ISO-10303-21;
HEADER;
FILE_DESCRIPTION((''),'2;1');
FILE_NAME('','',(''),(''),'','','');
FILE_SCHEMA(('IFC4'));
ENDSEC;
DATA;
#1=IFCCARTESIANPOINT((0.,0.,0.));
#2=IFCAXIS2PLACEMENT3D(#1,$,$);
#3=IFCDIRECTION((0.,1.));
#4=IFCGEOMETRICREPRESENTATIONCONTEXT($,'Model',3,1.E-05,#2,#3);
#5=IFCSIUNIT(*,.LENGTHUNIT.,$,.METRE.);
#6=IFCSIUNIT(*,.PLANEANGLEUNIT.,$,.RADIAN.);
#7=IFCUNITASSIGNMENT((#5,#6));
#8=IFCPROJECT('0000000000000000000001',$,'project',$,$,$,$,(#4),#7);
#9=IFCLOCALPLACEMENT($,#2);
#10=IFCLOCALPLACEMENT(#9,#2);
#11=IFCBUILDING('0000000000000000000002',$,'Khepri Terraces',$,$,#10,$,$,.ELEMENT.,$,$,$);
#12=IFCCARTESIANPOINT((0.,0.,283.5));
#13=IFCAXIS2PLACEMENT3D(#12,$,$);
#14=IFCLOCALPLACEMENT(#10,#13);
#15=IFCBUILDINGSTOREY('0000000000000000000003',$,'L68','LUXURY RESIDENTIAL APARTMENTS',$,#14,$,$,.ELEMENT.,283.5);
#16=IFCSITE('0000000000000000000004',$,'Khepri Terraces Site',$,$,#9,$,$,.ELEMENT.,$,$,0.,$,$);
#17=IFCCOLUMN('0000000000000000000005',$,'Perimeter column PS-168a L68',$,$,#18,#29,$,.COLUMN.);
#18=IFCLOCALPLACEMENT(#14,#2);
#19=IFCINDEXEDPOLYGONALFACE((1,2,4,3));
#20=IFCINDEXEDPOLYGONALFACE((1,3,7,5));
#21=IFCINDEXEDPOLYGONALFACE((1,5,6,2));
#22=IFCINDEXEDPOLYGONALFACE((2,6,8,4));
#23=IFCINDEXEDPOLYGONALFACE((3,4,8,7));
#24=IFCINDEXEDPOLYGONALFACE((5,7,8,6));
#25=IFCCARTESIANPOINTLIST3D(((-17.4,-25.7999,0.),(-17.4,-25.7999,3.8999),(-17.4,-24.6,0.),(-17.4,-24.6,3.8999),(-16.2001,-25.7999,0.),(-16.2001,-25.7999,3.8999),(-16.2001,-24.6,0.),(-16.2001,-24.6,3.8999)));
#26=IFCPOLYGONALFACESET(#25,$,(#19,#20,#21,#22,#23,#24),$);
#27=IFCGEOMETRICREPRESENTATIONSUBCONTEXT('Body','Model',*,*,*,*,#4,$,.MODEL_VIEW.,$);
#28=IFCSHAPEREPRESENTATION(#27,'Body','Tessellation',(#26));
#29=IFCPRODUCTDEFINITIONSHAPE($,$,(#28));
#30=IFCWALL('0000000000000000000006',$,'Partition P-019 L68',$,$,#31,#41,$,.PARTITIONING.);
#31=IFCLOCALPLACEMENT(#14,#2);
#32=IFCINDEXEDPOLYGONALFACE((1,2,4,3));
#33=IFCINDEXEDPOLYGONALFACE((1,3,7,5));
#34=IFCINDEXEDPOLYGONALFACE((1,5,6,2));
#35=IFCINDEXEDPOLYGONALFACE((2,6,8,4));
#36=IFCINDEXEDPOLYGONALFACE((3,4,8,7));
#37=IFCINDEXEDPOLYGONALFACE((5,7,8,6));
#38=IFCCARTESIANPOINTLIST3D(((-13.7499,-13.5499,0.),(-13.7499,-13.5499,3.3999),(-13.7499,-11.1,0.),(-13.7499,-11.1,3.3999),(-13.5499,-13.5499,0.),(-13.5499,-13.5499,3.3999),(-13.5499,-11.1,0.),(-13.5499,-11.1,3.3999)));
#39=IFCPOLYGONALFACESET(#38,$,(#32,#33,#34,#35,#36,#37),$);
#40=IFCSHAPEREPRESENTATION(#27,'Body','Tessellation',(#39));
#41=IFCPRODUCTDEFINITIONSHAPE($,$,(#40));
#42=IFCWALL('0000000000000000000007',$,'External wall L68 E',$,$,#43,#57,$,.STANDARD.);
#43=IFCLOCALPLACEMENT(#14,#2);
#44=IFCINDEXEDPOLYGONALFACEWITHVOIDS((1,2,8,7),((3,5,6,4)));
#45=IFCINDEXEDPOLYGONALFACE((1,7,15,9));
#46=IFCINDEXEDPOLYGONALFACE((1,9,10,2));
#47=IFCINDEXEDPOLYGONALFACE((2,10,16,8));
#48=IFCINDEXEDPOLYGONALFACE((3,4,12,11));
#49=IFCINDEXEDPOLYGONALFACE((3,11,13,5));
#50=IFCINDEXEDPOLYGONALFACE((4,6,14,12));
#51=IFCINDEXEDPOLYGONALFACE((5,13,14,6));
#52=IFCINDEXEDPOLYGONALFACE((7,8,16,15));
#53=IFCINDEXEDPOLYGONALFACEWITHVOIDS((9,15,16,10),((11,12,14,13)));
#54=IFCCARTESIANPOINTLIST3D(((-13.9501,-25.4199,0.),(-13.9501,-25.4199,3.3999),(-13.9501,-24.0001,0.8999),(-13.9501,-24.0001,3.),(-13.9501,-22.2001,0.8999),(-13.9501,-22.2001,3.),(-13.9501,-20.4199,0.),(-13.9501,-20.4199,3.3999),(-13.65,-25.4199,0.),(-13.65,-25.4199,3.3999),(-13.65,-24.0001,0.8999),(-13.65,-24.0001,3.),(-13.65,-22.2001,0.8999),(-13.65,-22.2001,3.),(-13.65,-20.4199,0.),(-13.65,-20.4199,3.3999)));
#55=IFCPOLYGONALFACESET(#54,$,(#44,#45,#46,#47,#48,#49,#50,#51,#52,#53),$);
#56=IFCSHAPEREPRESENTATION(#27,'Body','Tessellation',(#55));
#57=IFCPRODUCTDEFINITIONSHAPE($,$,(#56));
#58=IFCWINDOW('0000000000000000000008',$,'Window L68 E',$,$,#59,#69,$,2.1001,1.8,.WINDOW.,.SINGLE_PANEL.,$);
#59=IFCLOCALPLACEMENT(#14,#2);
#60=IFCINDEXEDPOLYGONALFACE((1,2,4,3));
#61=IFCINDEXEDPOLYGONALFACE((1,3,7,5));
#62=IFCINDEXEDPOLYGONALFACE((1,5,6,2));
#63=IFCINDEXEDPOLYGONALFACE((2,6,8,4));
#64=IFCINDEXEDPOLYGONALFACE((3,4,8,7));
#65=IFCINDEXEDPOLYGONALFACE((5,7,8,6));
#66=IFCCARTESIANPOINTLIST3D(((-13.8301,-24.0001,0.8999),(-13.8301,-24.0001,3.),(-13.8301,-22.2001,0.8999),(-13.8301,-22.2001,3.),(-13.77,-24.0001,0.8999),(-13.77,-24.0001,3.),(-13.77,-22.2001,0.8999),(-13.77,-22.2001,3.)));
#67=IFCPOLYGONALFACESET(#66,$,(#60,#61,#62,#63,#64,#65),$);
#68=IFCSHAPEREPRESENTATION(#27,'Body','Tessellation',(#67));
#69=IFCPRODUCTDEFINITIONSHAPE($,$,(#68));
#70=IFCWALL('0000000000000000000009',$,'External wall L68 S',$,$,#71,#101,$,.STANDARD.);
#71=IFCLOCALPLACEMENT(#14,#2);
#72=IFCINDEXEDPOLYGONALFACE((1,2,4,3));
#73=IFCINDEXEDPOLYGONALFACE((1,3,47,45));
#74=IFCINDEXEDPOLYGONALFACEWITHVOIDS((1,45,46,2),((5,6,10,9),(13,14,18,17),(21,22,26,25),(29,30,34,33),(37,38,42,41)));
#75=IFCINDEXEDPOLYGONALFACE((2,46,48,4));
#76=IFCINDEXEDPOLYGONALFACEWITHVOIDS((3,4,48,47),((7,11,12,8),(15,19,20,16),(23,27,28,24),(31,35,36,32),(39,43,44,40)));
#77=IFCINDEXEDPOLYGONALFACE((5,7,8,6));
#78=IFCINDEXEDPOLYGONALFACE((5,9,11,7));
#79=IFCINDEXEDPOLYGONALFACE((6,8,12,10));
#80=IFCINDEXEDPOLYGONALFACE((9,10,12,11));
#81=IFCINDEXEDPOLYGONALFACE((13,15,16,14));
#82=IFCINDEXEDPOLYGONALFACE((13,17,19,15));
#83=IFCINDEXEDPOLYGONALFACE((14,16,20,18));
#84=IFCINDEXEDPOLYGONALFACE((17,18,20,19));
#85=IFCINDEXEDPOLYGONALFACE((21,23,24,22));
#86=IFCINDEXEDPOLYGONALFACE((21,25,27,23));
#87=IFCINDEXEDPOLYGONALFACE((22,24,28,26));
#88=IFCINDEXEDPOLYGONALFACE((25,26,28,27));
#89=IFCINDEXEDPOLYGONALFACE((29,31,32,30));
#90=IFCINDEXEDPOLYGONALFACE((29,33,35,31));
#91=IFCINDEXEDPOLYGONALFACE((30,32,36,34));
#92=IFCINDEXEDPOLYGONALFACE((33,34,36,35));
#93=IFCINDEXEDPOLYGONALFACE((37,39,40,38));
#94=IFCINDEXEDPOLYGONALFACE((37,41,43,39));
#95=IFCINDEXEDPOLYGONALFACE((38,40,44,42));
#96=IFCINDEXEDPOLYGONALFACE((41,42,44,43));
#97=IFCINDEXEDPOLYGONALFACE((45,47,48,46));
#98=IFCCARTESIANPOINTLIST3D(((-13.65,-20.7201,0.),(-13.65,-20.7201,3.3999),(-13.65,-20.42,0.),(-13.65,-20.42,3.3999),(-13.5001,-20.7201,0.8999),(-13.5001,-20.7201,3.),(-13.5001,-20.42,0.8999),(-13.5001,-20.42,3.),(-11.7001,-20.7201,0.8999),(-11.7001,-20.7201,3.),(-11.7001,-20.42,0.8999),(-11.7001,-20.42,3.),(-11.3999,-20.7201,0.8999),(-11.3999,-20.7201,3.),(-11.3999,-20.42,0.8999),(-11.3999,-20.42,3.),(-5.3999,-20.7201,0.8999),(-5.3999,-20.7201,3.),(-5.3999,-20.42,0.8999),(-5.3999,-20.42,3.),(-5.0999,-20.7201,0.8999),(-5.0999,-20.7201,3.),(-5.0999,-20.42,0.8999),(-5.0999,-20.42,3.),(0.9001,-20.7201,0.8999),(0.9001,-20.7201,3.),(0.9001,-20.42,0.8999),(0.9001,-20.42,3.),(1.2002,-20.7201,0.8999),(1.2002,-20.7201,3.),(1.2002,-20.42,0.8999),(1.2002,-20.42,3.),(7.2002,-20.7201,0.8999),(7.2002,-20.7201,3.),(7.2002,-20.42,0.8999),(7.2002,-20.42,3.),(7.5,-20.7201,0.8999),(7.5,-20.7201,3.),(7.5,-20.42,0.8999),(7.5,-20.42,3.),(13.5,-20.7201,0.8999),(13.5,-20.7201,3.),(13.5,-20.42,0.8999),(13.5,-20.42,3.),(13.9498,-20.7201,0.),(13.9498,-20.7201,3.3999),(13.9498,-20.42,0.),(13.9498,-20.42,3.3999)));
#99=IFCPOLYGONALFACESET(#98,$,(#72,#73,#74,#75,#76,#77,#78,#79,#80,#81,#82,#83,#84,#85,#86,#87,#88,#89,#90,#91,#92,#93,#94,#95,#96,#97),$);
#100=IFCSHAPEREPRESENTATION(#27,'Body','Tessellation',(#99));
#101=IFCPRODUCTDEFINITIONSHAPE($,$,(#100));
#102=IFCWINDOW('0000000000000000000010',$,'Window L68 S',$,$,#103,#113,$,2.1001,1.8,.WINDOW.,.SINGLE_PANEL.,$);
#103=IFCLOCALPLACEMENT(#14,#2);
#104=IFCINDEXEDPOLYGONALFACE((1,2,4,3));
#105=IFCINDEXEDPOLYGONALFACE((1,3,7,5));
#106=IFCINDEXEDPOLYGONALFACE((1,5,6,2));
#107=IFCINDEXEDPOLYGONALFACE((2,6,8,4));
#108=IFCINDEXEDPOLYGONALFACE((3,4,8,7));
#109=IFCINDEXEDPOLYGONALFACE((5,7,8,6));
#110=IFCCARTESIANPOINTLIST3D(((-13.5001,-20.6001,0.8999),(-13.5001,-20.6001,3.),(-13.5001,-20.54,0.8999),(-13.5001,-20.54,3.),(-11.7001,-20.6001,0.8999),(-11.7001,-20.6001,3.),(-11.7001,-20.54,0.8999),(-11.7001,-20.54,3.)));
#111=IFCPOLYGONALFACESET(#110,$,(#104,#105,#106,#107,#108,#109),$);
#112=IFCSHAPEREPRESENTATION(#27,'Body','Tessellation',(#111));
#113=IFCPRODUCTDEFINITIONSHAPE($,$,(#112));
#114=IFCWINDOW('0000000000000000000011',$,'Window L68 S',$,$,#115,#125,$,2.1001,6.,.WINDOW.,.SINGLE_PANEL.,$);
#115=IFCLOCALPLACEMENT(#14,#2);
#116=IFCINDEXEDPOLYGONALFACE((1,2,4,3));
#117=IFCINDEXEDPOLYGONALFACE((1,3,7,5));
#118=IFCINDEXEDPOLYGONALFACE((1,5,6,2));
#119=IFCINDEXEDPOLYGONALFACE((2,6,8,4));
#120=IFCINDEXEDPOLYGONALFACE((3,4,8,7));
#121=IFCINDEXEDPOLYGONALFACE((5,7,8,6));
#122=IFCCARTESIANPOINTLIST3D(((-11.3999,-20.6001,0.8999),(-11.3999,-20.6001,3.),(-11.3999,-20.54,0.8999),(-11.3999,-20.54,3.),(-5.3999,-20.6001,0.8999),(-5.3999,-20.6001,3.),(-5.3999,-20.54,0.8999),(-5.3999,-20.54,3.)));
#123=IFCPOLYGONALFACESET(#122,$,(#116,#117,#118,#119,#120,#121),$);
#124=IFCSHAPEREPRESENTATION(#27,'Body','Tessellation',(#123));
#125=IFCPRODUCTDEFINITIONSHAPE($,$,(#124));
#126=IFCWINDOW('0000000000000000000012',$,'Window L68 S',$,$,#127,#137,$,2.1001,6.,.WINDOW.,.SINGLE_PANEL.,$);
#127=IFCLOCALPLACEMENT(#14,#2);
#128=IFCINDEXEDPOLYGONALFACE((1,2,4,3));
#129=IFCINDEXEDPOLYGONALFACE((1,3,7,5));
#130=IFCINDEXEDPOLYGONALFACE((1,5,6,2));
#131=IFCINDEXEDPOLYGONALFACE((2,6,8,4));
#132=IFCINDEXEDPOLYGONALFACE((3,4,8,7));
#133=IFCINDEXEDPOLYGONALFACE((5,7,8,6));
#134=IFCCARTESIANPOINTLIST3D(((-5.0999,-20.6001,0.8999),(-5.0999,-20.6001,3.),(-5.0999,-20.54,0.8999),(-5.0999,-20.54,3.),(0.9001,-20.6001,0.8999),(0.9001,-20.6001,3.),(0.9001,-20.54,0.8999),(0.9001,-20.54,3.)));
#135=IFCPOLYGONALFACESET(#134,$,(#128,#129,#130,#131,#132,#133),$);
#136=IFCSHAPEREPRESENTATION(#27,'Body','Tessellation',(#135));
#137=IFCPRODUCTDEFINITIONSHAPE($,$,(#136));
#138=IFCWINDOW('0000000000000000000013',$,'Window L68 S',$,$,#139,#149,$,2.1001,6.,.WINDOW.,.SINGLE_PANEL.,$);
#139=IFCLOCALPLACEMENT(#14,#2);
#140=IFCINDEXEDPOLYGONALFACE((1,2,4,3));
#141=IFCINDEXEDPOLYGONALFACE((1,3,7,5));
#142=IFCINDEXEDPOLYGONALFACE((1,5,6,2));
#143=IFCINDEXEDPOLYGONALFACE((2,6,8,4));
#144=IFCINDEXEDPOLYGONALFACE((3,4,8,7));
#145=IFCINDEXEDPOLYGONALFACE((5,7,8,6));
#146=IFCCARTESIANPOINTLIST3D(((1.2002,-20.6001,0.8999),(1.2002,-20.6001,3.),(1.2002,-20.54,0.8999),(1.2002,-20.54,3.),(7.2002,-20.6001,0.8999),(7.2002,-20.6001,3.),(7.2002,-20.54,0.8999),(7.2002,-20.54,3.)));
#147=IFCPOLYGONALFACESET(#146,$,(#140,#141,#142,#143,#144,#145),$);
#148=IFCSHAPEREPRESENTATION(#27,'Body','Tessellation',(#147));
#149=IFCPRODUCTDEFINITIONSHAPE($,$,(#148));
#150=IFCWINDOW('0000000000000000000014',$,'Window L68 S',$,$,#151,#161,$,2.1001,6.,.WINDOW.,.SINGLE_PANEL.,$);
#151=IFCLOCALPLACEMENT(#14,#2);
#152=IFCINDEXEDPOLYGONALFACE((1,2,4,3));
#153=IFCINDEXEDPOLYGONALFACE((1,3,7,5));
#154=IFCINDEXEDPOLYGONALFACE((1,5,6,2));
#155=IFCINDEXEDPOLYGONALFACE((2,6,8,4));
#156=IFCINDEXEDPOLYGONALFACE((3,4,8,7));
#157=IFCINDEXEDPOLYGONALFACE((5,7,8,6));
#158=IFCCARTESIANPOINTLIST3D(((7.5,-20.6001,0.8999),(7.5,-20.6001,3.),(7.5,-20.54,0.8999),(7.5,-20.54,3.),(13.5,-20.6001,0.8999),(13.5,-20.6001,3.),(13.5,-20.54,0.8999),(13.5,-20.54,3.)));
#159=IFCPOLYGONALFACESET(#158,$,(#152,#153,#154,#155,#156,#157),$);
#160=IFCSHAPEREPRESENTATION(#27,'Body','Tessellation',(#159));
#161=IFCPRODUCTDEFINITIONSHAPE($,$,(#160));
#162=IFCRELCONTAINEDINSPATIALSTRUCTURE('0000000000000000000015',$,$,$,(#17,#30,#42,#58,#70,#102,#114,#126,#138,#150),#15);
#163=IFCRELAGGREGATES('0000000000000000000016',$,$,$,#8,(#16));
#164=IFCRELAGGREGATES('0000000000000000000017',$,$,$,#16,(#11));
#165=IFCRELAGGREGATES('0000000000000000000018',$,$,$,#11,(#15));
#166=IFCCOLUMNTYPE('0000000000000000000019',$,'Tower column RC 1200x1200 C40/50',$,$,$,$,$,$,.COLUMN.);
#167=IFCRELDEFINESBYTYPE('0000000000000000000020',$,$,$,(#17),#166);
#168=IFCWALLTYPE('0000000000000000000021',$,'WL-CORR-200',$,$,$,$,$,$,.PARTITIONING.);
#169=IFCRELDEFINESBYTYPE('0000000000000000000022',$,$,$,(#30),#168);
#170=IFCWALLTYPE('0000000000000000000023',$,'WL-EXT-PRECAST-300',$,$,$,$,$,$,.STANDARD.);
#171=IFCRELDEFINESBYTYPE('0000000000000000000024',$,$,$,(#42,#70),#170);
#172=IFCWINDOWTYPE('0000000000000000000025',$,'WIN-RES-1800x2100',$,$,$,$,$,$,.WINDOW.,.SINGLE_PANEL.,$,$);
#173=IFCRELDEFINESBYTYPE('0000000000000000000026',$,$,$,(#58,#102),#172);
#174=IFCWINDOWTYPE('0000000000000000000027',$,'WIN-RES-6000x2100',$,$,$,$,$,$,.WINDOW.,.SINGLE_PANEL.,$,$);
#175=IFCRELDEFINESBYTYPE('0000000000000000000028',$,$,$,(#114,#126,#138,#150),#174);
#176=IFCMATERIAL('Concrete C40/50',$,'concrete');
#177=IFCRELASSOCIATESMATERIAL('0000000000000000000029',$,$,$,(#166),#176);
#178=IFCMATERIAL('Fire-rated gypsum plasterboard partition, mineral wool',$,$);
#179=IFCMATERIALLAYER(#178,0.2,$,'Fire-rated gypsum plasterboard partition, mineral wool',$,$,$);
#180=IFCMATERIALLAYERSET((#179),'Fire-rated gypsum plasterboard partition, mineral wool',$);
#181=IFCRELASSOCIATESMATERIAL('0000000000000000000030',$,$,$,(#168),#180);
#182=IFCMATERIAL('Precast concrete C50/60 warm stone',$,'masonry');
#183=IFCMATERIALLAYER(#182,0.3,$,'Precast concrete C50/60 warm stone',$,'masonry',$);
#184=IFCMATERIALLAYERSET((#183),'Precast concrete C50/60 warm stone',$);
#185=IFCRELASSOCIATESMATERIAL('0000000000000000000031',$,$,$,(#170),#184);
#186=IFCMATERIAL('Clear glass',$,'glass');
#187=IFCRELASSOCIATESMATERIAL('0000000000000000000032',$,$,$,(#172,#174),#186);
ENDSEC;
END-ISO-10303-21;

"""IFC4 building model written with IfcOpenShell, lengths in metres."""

from ifc_helpers import new_model, si_unit, direction, frame, frame_2d, origin, origin_2d, place, context, subcontext, project, spatial, rectangle, extrude, material, layer, layer_set, material_profile, profile_set, type_object, element, fill, save


model = new_model("IFC4")

# Units and contexts
model_context = context("Model", 3, precision=1e-05, world=origin(), true_north=direction((0.0, 1.0)))
body_context = subcontext(model_context, "Body", "Model", "MODEL_VIEW")
ifc_project = project(units=[si_unit("LENGTHUNIT", "METRE"), si_unit("PLANEANGLEUNIT", "RADIAN")], contexts=[model_context])

# Site, building, storey
site_placement = place(None, origin())
site = spatial("IfcSite", under=ifc_project, at=site_placement, Name="Khepri Terraces Site", CompositionType="ELEMENT", RefElevation=0.0)
building_placement = place(site_placement, origin())
building = spatial("IfcBuilding", under=site, at=building_placement, Name="Khepri Terraces", CompositionType="ELEMENT")
storey_placement = place(building_placement, frame((0.0, 0.0, 283.5)))
storey = spatial("IfcBuildingStorey", under=building, at=storey_placement, Name="L68", Description="LUXURY RESIDENTIAL APARTMENTS", CompositionType="ELEMENT", Elevation=283.5)

# Column
ifc_material_1 = material(Name="Concrete C40/50", Category="concrete")
ifc_material_profile = material_profile(ifc_material_1, rectangle(XDim=1.2, YDim=1.2, at=origin_2d()), Name="Concrete C40/50", Category="concrete")
ifc_profile_set = profile_set([ifc_material_profile], Name="Concrete C40/50")
column_type = type_object("IfcColumnType", Name="Tower column RC 1200x1200 C40/50", PredefinedType="COLUMN", material=ifc_profile_set)
column_placement = place(storey_placement, frame((-16.8, -25.2, 0.0), z_axis=(0.0, 0.0, 1.0), x_axis=(1.0, 0.0, 0.0)))
element("IfcColumn", 1, at=column_placement, inside=storey, type_object=column_type, Name="Perimeter column PS-168a L68", PredefinedType="COLUMN", context=body_context, shape_type="SweptSolid", body=[
    extrude(rectangle(XDim=1.2, YDim=1.2, at=origin_2d()), origin(), (0.0, 0.0, 1.0), 3.8999),
])

# Wall
ifc_material_2 = material(Name="Fire-rated gypsum plasterboard partition, mineral wool")
ifc_layer_1 = layer(ifc_material_2, 0.2, Name="Fire-rated gypsum plasterboard partition, mineral wool")
ifc_layer_set_1 = layer_set([ifc_layer_1], Name="Fire-rated gypsum plasterboard partition, mineral wool")
wall_type_1 = type_object("IfcWallType", Name="WL-CORR-200", PredefinedType="PARTITIONING", material=ifc_layer_set_1)
wall_1_placement = place(storey_placement, frame((-13.6499, -13.55, 0.0), z_axis=(0.0, 0.0, 1.0), x_axis=(0.0, 1.0, 0.0)))
element("IfcWall", 2, at=wall_1_placement, inside=storey, type_object=wall_type_1, Name="Partition P-019 L68", PredefinedType="PARTITIONING", context=body_context, shape_type="SweptSolid", body=[
    extrude(rectangle(XDim=2.45, YDim=0.2, at=frame_2d((1.2251, 0.0))), origin(), (0.0, 0.0, 1.0), 3.3999),
])

# Shared definitions
ifc_material_3 = material(Name="Precast concrete C50/60 warm stone", Category="masonry")
ifc_layer_2 = layer(ifc_material_3, 0.3, Name="Precast concrete C50/60 warm stone", Category="masonry")
ifc_layer_set_2 = layer_set([ifc_layer_2], Name="Precast concrete C50/60 warm stone")
wall_type_2 = type_object("IfcWallType", Name="WL-EXT-PRECAST-300", PredefinedType="STANDARD", material=ifc_layer_set_2)

# Wall, opening, window
wall_2_placement = place(storey_placement, frame((-13.8, -25.4199, 0.0), z_axis=(0.0, 0.0, 1.0), x_axis=(0.0, 1.0, 0.0)))
wall_2 = element("IfcWall", 3, at=wall_2_placement, inside=storey, type_object=wall_type_2, Name="External wall L68 E", PredefinedType="STANDARD", context=body_context, shape_type="SweptSolid", body=[
    extrude(rectangle(XDim=5.0, YDim=0.3, at=frame_2d((2.5, 0.0))), origin(), (0.0, 0.0, 1.0), 3.3999),
])
opening_1_placement = place(wall_2_placement, frame((1.4199, 0.0, 0.8999)))
opening_1 = element("IfcOpeningElement", 4, at=opening_1_placement, cuts=wall_2, PredefinedType="OPENING", context=body_context, shape_type="SweptSolid", body=[
    extrude(rectangle(XDim=1.8, YDim=2.1001, at=frame_2d((0.8999, 1.05))), frame((0.0, 0.1602, 0.0), z_axis=(0.0, -1.0, 0.0), x_axis=(1.0, 0.0, 0.0)), (0.0, 0.0, 1.0), 0.3201),
])
ifc_material_4 = material(Name="Clear glass", Category="glass")
window_type_1 = type_object("IfcWindowType", Name="WIN-RES-1800x2100", PartitioningType="SINGLE_PANEL", PredefinedType="WINDOW", material=ifc_material_4)
window_1_placement = place(opening_1_placement, origin())
window_1 = element("IfcWindow", 5, at=window_1_placement, inside=storey, type_object=window_type_1, Name="Window L68 E", OverallHeight=2.1001, OverallWidth=1.8, PartitioningType="SINGLE_PANEL", PredefinedType="WINDOW", context=body_context, shape_type="SweptSolid", body=[
    extrude(rectangle(XDim=1.8, YDim=2.1001, at=frame_2d((0.8999, 1.05))), frame((0.0, 0.03, 0.0), z_axis=(0.0, -1.0, 0.0), x_axis=(1.0, 0.0, 0.0)), (0.0, 0.0, 1.0), 0.0601),
])
fill(opening_1, window_1)

# Wall, openings, windows
wall_3_placement = place(storey_placement, frame((-13.6499, -20.5701, 0.0), z_axis=(0.0, 0.0, 1.0), x_axis=(1.0, 0.0, 0.0)))
wall_3 = element("IfcWall", 6, at=wall_3_placement, inside=storey, type_object=wall_type_2, Name="External wall L68 S", PredefinedType="STANDARD", context=body_context, shape_type="SweptSolid", body=[
    extrude(rectangle(XDim=27.5999, YDim=0.3, at=frame_2d((13.7998, 0.0))), origin(), (0.0, 0.0, 1.0), 3.3999),
])
opening_2_placement = place(wall_3_placement, frame((0.1499, 0.0, 0.8999)))
opening_2 = element("IfcOpeningElement", 7, at=opening_2_placement, cuts=wall_3, PredefinedType="OPENING", context=body_context, shape_type="SweptSolid", body=[
    extrude(rectangle(XDim=1.8, YDim=2.1001, at=frame_2d((0.8999, 1.05))), frame((0.0, 0.1602, 0.0), z_axis=(0.0, -1.0, 0.0), x_axis=(1.0, 0.0, 0.0)), (0.0, 0.0, 1.0), 0.3201),
])
opening_3_placement = place(wall_3_placement, frame((2.25, 0.0, 0.8999)))
opening_3 = element("IfcOpeningElement", 8, at=opening_3_placement, cuts=wall_3, PredefinedType="OPENING", context=body_context, shape_type="SweptSolid", body=[
    extrude(rectangle(XDim=6.0, YDim=2.1001, at=frame_2d((3.0, 1.05))), frame((0.0, 0.1602, 0.0), z_axis=(0.0, -1.0, 0.0), x_axis=(1.0, 0.0, 0.0)), (0.0, 0.0, 1.0), 0.3201),
])
opening_4_placement = place(wall_3_placement, frame((8.55, 0.0, 0.8999)))
opening_4 = element("IfcOpeningElement", 9, at=opening_4_placement, cuts=wall_3, PredefinedType="OPENING", context=body_context, shape_type="SweptSolid", body=[
    extrude(rectangle(XDim=6.0, YDim=2.1001, at=frame_2d((3.0, 1.05))), frame((0.0, 0.1602, 0.0), z_axis=(0.0, -1.0, 0.0), x_axis=(1.0, 0.0, 0.0)), (0.0, 0.0, 1.0), 0.3201),
])
opening_5_placement = place(wall_3_placement, frame((14.8501, 0.0, 0.8999)))
opening_5 = element("IfcOpeningElement", 10, at=opening_5_placement, cuts=wall_3, PredefinedType="OPENING", context=body_context, shape_type="SweptSolid", body=[
    extrude(rectangle(XDim=6.0, YDim=2.1001, at=frame_2d((3.0, 1.05))), frame((0.0, 0.1602, 0.0), z_axis=(0.0, -1.0, 0.0), x_axis=(1.0, 0.0, 0.0)), (0.0, 0.0, 1.0), 0.3201),
])
opening_6_placement = place(wall_3_placement, frame((21.1499, 0.0, 0.8999)))
opening_6 = element("IfcOpeningElement", 11, at=opening_6_placement, cuts=wall_3, PredefinedType="OPENING", context=body_context, shape_type="SweptSolid", body=[
    extrude(rectangle(XDim=6.0, YDim=2.1001, at=frame_2d((3.0, 1.05))), frame((0.0, 0.1602, 0.0), z_axis=(0.0, -1.0, 0.0), x_axis=(1.0, 0.0, 0.0)), (0.0, 0.0, 1.0), 0.3201),
])
window_2_placement = place(opening_2_placement, origin())
window_2 = element("IfcWindow", 12, at=window_2_placement, inside=storey, type_object=window_type_1, Name="Window L68 S", OverallHeight=2.1001, OverallWidth=1.8, PartitioningType="SINGLE_PANEL", PredefinedType="WINDOW", context=body_context, shape_type="SweptSolid", body=[
    extrude(rectangle(XDim=1.8, YDim=2.1001, at=frame_2d((0.8999, 1.05))), frame((0.0, 0.03, 0.0), z_axis=(0.0, -1.0, 0.0), x_axis=(1.0, 0.0, 0.0)), (0.0, 0.0, 1.0), 0.0601),
])
fill(opening_2, window_2)
window_type_2 = type_object("IfcWindowType", Name="WIN-RES-6000x2100", PartitioningType="SINGLE_PANEL", PredefinedType="WINDOW", material=ifc_material_4)
window_3_placement = place(opening_3_placement, origin())
window_3 = element("IfcWindow", 13, at=window_3_placement, inside=storey, type_object=window_type_2, Name="Window L68 S", OverallHeight=2.1001, OverallWidth=6.0, PartitioningType="SINGLE_PANEL", PredefinedType="WINDOW", context=body_context, shape_type="SweptSolid", body=[
    extrude(rectangle(XDim=6.0, YDim=2.1001, at=frame_2d((3.0, 1.05))), frame((0.0, 0.03, 0.0), z_axis=(0.0, -1.0, 0.0), x_axis=(1.0, 0.0, 0.0)), (0.0, 0.0, 1.0), 0.0601),
])
fill(opening_3, window_3)
window_4_placement = place(opening_4_placement, origin())
window_4 = element("IfcWindow", 14, at=window_4_placement, inside=storey, type_object=window_type_2, Name="Window L68 S", OverallHeight=2.1001, OverallWidth=6.0, PartitioningType="SINGLE_PANEL", PredefinedType="WINDOW", context=body_context, shape_type="SweptSolid", body=[
    extrude(rectangle(XDim=6.0, YDim=2.1001, at=frame_2d((3.0, 1.05))), frame((0.0, 0.03, 0.0), z_axis=(0.0, -1.0, 0.0), x_axis=(1.0, 0.0, 0.0)), (0.0, 0.0, 1.0), 0.0601),
])
fill(opening_4, window_4)
window_5_placement = place(opening_5_placement, origin())
window_5 = element("IfcWindow", 15, at=window_5_placement, inside=storey, type_object=window_type_2, Name="Window L68 S", OverallHeight=2.1001, OverallWidth=6.0, PartitioningType="SINGLE_PANEL", PredefinedType="WINDOW", context=body_context, shape_type="SweptSolid", body=[
    extrude(rectangle(XDim=6.0, YDim=2.1001, at=frame_2d((3.0, 1.05))), frame((0.0, 0.03, 0.0), z_axis=(0.0, -1.0, 0.0), x_axis=(1.0, 0.0, 0.0)), (0.0, 0.0, 1.0), 0.0601),
])
fill(opening_5, window_5)
window_6_placement = place(opening_6_placement, origin())
window_6 = element("IfcWindow", 16, at=window_6_placement, inside=storey, type_object=window_type_2, Name="Window L68 S", OverallHeight=2.1001, OverallWidth=6.0, PartitioningType="SINGLE_PANEL", PredefinedType="WINDOW", context=body_context, shape_type="SweptSolid", body=[
    extrude(rectangle(XDim=6.0, YDim=2.1001, at=frame_2d((3.0, 1.05))), frame((0.0, 0.03, 0.0), z_axis=(0.0, -1.0, 0.0), x_axis=(1.0, 0.0, 0.0)), (0.0, 0.0, 1.0), 0.0601),
])
fill(opening_6, window_6)

save(model, "model.ifc")
